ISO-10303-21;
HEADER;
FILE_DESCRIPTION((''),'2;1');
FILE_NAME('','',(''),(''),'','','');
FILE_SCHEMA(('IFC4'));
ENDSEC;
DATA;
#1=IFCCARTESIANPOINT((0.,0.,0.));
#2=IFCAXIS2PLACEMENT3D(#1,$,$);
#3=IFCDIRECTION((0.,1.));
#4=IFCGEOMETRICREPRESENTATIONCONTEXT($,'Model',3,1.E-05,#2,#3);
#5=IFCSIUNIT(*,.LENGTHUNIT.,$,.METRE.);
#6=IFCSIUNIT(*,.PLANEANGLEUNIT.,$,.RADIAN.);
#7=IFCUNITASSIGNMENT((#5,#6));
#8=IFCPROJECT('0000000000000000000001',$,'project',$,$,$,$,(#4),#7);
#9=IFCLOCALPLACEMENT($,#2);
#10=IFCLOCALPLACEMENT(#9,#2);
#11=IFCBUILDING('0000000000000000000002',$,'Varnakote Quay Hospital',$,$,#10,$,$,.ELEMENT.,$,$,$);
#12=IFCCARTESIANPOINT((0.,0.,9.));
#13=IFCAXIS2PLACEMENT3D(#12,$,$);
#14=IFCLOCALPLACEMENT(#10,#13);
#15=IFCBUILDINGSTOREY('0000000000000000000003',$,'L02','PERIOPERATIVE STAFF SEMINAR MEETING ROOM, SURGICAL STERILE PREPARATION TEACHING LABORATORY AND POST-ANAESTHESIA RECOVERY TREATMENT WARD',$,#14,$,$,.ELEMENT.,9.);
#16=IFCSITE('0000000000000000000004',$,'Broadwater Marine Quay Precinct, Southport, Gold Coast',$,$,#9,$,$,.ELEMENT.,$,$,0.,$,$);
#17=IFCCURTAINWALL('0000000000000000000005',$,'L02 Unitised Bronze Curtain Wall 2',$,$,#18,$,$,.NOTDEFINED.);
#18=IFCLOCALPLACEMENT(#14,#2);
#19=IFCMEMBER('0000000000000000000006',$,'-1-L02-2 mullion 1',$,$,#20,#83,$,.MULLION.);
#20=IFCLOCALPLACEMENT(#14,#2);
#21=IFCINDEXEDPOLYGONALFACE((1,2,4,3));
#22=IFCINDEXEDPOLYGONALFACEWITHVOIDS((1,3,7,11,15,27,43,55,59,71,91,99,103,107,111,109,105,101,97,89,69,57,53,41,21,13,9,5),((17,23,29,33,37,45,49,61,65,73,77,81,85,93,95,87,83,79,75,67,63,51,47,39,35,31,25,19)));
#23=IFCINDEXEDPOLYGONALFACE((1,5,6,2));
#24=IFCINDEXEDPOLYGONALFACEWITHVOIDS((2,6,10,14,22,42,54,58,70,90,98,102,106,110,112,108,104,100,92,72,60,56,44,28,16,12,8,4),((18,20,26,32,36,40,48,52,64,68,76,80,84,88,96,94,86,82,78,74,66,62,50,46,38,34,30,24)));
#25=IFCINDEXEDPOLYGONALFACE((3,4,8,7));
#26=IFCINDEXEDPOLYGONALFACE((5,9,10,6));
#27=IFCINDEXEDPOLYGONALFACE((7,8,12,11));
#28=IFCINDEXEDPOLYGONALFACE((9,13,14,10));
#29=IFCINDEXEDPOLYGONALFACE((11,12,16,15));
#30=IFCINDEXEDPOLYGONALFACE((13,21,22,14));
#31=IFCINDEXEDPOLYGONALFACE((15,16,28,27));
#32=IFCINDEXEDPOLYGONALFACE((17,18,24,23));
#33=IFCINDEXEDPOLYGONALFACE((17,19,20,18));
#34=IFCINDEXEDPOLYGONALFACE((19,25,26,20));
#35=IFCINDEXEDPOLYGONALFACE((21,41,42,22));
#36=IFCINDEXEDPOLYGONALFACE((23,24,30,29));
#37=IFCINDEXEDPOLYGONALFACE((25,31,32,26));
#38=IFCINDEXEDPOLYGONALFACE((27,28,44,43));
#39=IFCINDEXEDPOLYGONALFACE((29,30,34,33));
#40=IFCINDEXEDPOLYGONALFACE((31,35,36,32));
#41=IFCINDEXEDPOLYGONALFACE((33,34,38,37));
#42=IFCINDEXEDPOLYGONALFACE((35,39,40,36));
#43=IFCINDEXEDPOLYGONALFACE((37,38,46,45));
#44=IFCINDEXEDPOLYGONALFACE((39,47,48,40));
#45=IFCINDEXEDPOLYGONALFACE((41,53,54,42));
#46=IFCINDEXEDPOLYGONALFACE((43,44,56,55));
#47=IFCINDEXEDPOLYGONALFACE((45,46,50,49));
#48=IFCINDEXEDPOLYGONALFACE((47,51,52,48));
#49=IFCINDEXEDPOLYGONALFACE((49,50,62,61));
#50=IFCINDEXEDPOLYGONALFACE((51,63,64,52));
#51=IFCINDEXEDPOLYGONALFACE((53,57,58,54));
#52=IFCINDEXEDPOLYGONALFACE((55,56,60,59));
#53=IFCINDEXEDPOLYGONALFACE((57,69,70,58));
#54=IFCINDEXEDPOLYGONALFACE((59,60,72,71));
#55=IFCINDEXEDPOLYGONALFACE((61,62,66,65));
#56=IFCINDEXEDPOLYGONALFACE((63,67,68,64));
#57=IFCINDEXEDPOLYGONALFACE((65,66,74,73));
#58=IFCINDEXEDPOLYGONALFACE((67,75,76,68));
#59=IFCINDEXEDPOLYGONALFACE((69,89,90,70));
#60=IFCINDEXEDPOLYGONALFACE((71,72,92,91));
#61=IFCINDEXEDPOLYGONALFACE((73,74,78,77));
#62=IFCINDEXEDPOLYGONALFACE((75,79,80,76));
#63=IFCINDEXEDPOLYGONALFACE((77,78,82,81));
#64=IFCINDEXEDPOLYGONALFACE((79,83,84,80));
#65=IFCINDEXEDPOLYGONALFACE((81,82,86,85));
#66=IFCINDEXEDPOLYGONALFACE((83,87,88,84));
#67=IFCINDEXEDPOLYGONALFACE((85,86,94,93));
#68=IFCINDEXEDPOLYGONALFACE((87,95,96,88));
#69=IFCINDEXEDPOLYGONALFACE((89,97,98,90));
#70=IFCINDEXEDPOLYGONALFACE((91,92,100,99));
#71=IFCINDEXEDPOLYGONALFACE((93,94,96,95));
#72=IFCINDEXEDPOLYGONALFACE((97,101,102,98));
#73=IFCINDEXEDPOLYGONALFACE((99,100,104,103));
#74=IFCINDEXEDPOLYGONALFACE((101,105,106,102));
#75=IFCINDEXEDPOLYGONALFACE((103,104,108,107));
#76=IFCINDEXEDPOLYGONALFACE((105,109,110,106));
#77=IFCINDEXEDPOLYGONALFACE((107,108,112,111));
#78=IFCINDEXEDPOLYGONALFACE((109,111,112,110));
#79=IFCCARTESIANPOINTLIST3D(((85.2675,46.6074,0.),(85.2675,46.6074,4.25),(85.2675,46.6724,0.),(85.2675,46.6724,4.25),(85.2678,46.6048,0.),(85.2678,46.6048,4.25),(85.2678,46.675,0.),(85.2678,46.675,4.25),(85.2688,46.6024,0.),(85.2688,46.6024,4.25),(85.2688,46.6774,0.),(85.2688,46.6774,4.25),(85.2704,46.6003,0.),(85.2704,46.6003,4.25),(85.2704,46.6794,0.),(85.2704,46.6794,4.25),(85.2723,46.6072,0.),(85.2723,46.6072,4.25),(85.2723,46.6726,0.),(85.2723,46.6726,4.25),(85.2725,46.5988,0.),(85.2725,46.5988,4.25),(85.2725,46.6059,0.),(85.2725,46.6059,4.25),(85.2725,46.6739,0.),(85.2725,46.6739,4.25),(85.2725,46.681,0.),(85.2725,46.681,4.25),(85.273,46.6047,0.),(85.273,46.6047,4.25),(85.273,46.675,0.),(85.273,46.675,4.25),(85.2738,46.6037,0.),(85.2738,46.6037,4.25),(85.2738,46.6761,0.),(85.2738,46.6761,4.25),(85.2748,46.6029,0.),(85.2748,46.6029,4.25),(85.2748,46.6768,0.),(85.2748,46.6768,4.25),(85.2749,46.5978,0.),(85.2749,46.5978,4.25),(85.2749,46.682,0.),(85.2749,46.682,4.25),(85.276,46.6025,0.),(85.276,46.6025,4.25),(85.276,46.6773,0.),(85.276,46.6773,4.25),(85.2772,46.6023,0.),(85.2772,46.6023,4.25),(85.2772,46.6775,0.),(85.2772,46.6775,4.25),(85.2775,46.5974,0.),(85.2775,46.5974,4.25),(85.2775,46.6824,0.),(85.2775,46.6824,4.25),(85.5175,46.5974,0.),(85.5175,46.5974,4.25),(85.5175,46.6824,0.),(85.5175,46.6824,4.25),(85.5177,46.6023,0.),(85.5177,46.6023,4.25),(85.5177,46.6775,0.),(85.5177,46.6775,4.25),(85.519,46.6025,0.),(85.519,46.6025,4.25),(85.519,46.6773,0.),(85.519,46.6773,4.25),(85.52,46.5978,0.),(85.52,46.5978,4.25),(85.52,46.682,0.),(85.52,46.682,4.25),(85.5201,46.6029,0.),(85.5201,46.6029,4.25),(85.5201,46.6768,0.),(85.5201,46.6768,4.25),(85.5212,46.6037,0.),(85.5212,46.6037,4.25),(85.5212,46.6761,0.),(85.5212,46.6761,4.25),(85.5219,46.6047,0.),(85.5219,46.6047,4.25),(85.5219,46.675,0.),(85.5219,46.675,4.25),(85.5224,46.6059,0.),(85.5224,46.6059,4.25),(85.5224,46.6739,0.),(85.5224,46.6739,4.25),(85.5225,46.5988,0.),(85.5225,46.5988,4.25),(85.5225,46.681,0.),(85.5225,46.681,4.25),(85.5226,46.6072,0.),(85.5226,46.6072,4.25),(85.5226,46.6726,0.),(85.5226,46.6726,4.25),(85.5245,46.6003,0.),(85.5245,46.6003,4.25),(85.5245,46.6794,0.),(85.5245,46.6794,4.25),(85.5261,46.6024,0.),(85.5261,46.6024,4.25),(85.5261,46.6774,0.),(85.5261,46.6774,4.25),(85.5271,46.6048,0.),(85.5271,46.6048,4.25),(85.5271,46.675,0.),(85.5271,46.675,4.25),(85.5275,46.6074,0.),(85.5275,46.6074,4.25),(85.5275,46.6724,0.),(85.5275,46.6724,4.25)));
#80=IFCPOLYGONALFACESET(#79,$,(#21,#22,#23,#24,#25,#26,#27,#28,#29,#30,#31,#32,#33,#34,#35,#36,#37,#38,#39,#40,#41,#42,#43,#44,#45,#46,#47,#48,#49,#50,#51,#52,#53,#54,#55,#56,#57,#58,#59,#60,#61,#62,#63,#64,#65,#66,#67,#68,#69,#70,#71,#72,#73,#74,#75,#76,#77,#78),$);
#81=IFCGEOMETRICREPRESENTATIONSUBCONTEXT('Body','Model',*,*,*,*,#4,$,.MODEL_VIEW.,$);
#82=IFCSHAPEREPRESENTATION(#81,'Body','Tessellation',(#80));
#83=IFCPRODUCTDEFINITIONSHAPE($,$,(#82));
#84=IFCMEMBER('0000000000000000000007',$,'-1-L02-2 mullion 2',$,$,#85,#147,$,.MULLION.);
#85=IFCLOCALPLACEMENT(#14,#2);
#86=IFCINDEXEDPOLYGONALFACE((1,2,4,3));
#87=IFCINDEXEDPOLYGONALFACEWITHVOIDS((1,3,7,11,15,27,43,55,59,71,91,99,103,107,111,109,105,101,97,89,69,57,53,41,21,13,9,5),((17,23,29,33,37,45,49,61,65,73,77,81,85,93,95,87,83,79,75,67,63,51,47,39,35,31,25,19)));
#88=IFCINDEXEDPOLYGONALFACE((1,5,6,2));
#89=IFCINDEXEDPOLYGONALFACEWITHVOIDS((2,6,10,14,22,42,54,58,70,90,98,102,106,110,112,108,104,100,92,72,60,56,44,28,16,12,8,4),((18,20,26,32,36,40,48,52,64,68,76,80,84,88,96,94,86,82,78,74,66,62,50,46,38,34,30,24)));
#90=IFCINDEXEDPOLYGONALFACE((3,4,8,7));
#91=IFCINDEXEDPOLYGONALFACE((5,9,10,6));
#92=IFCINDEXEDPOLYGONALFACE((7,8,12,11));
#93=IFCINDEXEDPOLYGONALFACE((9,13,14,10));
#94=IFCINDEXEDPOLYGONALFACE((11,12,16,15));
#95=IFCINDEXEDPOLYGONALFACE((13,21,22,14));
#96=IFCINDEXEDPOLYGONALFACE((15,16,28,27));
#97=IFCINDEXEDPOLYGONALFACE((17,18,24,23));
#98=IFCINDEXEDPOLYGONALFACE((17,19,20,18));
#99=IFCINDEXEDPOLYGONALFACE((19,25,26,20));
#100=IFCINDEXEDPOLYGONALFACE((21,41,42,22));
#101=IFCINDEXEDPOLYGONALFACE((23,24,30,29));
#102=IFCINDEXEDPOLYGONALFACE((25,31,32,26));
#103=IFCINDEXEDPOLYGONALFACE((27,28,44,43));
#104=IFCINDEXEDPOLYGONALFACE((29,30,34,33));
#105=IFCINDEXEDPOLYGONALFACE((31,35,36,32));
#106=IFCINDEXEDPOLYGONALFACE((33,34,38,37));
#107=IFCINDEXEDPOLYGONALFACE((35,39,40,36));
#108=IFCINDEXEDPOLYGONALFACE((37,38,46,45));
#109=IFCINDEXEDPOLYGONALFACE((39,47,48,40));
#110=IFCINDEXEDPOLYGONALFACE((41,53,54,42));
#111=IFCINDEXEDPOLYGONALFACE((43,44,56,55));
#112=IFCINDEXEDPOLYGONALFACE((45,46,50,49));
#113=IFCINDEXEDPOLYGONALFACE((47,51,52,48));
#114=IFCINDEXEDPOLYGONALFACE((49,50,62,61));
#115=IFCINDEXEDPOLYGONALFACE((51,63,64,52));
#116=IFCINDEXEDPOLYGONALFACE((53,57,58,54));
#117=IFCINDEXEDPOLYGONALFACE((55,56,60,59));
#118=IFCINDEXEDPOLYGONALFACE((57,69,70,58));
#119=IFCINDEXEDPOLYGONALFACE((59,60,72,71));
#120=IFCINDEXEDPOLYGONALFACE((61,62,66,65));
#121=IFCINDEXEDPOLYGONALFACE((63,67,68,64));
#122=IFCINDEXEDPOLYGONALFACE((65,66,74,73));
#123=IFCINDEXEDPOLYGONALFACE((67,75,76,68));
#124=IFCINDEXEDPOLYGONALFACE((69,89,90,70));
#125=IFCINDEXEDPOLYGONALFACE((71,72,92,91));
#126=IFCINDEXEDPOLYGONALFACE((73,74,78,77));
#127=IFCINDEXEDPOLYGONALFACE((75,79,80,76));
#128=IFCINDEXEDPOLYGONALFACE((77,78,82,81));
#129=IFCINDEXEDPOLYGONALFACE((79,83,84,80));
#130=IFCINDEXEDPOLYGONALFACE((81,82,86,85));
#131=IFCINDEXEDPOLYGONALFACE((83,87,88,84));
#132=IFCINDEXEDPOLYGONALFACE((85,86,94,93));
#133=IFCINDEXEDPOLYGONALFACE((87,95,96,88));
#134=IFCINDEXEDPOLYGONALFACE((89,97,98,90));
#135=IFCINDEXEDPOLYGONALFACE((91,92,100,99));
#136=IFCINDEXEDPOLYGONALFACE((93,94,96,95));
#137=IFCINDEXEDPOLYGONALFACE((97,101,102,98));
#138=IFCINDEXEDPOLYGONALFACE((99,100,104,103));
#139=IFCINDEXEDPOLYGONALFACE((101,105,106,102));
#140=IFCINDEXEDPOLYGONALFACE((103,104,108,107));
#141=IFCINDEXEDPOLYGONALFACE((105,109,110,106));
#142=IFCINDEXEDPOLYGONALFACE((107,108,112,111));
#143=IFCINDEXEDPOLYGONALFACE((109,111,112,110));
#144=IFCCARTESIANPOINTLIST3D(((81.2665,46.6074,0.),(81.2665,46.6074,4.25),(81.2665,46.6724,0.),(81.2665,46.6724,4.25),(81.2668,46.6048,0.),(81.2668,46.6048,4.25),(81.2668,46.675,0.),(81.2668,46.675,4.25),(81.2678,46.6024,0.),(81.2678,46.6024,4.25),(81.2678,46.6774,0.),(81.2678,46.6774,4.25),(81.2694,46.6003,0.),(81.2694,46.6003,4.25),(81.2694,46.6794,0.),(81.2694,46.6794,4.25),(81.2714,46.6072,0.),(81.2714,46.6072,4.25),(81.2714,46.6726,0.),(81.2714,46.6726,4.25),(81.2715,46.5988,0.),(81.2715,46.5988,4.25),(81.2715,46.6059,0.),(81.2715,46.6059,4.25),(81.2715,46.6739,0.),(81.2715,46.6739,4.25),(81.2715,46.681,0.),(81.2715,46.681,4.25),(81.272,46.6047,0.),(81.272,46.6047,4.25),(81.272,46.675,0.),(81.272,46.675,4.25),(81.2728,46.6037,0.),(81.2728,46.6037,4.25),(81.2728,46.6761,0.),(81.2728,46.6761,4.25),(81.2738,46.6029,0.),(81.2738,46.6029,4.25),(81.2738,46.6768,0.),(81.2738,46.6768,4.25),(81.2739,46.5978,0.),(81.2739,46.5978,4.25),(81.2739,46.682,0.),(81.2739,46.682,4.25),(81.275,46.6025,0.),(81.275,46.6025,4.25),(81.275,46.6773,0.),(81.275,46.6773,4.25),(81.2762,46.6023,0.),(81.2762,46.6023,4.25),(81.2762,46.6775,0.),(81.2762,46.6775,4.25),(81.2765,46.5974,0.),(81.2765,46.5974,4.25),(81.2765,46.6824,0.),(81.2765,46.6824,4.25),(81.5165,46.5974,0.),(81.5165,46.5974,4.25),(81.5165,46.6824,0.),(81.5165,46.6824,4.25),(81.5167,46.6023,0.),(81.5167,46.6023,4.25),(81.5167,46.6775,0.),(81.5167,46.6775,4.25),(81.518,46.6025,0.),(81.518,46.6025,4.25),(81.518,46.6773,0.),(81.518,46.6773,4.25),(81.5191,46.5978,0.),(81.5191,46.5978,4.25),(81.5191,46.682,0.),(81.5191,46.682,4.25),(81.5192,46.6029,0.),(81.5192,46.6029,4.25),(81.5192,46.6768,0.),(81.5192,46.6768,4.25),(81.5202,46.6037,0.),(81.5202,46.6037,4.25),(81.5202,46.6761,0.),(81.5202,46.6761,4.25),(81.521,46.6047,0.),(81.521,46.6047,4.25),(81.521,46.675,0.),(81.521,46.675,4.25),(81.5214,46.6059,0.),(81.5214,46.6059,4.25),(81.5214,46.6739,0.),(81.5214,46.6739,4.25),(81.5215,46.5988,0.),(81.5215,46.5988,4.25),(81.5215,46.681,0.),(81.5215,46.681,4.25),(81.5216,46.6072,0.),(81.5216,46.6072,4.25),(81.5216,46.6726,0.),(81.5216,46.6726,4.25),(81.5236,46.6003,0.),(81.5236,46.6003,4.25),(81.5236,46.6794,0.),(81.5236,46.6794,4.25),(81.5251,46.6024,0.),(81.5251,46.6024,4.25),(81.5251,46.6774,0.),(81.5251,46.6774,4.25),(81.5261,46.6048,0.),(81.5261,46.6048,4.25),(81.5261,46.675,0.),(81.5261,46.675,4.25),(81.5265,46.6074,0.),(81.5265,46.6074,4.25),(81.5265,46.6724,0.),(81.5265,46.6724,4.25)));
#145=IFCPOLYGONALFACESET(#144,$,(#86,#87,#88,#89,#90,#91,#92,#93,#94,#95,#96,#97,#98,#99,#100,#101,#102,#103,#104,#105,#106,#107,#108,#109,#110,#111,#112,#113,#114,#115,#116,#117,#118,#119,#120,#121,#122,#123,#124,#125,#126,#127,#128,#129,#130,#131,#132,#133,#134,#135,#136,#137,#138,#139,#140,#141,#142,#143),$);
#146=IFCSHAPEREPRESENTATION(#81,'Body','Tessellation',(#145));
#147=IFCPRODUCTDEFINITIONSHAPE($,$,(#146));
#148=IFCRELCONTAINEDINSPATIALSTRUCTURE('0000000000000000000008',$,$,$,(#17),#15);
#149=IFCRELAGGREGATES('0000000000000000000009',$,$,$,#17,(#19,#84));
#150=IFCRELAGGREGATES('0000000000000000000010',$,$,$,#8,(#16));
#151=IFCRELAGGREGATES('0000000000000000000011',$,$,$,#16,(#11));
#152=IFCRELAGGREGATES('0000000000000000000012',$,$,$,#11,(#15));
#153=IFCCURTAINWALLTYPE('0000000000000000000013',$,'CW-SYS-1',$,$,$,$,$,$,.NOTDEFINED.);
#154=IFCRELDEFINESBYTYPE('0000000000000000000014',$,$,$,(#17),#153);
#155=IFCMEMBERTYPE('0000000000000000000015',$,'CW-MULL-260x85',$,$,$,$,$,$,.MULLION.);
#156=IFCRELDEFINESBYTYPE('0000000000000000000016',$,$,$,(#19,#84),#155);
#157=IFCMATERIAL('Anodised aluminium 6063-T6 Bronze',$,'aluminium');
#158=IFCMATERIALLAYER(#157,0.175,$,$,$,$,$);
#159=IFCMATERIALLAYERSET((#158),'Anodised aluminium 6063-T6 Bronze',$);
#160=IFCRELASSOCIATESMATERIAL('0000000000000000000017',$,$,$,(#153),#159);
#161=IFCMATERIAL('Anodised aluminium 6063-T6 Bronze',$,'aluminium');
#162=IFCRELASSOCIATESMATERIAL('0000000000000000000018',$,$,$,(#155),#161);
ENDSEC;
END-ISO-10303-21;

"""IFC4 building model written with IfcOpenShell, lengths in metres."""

from ifc_helpers import new_model, si_unit, direction, frame, origin, origin_2d, place, context, subcontext, project, spatial, hollow_rectangle, extrude, material, layer, layer_set, material_profile, profile_set, type_object, element, aggregate, save


model = new_model("IFC4")

# Units and contexts
model_context = context("Model", 3, precision=1e-05, world=origin(), true_north=direction((0.0, 1.0)))
body_context = subcontext(model_context, "Body", "Model", "MODEL_VIEW")
ifc_project = project(units=[si_unit("LENGTHUNIT", "METRE"), si_unit("PLANEANGLEUNIT", "RADIAN")], contexts=[model_context])

# Site, building, storey
site_placement = place(None, origin())
site = spatial("IfcSite", under=ifc_project, at=site_placement, Name="Broadwater Marine Quay Precinct, Southport, Gold Coast", CompositionType="ELEMENT", RefElevation=0.0)
building_placement = place(site_placement, origin())
building = spatial("IfcBuilding", under=site, at=building_placement, Name="Varnakote Quay Hospital", CompositionType="ELEMENT")
storey_placement = place(building_placement, frame((0.0, 0.0, 9.0)))
storey = spatial("IfcBuildingStorey", under=building, at=storey_placement, Name="L02", Description="PERIOPERATIVE STAFF SEMINAR MEETING ROOM, SURGICAL STERILE PREPARATION TEACHING LABORATORY AND POST-ANAESTHESIA RECOVERY TREATMENT WARD", CompositionType="ELEMENT", Elevation=9.0)

# Shared definitions
ifc_material_1 = material(Name="Anodised aluminium 6063-T6 Bronze", Category="aluminium")
ifc_layer_1 = layer(ifc_material_1, 0.175)
ifc_layer_set_1 = layer_set([ifc_layer_1], Name="Anodised aluminium 6063-T6 Bronze")
curtain_wall_type = type_object("IfcCurtainWallType", Name="CW-SYS-1", PredefinedType="NOTDEFINED", material=ifc_layer_set_1)
ifc_material_2 = material(Name="Anodised aluminium 6063-T6 Bronze", Category="aluminium")
ifc_material_profile_1 = material_profile(ifc_material_2, hollow_rectangle(XDim=0.085, YDim=0.26, WallThickness=0.0049, InnerFilletRadius=0.0049, OuterFilletRadius=0.01, at=origin_2d()), Name="CW-MULL-260x85")
ifc_profile_set_1 = profile_set([ifc_material_profile_1], Name="Anodised aluminium 6063-T6 Bronze")
member_type_1 = type_object("IfcMemberType", Name="CW-MULL-260x85", PredefinedType="MULLION", material=ifc_profile_set_1)

# Curtain wall, members
curtain_wall_1_placement = place(storey_placement, origin())
curtain_wall_1 = element("IfcCurtainWall", 1, at=curtain_wall_1_placement, inside=storey, type_object=curtain_wall_type, Name="L02 Unitised Bronze Curtain Wall 2", PredefinedType="NOTDEFINED")
member_1_placement = place(storey_placement, frame((85.3975, 46.6399, 0.0), z_axis=(0.0, 0.0, 1.0), x_axis=(0.0, -1.0, 0.0)))
member_1 = element("IfcMember", 2, at=member_1_placement, type_object=member_type_1, Name="-1-L02-2 mullion 1", PredefinedType="MULLION", context=body_context, shape_type="SweptSolid", body=[
    extrude(hollow_rectangle(XDim=0.085, YDim=0.26, WallThickness=0.0049, InnerFilletRadius=0.0049, OuterFilletRadius=0.01, at=origin_2d()), origin(), (0.0, 0.0, 1.0), 4.25),
])
member_2_placement = place(storey_placement, frame((81.3965, 46.6399, 0.0), z_axis=(0.0, 0.0, 1.0), x_axis=(0.0, -1.0, 0.0)))
member_2 = element("IfcMember", 3, at=member_2_placement, type_object=member_type_1, Name="-1-L02-2 mullion 2", PredefinedType="MULLION", context=body_context, shape_type="SweptSolid", body=[
    extrude(hollow_rectangle(XDim=0.085, YDim=0.26, WallThickness=0.0049, InnerFilletRadius=0.0049, OuterFilletRadius=0.01, at=origin_2d()), origin(), (0.0, 0.0, 1.0), 4.25),
])

aggregate(curtain_wall_1, [member_1, member_2])

save(model, "model.ifc")
